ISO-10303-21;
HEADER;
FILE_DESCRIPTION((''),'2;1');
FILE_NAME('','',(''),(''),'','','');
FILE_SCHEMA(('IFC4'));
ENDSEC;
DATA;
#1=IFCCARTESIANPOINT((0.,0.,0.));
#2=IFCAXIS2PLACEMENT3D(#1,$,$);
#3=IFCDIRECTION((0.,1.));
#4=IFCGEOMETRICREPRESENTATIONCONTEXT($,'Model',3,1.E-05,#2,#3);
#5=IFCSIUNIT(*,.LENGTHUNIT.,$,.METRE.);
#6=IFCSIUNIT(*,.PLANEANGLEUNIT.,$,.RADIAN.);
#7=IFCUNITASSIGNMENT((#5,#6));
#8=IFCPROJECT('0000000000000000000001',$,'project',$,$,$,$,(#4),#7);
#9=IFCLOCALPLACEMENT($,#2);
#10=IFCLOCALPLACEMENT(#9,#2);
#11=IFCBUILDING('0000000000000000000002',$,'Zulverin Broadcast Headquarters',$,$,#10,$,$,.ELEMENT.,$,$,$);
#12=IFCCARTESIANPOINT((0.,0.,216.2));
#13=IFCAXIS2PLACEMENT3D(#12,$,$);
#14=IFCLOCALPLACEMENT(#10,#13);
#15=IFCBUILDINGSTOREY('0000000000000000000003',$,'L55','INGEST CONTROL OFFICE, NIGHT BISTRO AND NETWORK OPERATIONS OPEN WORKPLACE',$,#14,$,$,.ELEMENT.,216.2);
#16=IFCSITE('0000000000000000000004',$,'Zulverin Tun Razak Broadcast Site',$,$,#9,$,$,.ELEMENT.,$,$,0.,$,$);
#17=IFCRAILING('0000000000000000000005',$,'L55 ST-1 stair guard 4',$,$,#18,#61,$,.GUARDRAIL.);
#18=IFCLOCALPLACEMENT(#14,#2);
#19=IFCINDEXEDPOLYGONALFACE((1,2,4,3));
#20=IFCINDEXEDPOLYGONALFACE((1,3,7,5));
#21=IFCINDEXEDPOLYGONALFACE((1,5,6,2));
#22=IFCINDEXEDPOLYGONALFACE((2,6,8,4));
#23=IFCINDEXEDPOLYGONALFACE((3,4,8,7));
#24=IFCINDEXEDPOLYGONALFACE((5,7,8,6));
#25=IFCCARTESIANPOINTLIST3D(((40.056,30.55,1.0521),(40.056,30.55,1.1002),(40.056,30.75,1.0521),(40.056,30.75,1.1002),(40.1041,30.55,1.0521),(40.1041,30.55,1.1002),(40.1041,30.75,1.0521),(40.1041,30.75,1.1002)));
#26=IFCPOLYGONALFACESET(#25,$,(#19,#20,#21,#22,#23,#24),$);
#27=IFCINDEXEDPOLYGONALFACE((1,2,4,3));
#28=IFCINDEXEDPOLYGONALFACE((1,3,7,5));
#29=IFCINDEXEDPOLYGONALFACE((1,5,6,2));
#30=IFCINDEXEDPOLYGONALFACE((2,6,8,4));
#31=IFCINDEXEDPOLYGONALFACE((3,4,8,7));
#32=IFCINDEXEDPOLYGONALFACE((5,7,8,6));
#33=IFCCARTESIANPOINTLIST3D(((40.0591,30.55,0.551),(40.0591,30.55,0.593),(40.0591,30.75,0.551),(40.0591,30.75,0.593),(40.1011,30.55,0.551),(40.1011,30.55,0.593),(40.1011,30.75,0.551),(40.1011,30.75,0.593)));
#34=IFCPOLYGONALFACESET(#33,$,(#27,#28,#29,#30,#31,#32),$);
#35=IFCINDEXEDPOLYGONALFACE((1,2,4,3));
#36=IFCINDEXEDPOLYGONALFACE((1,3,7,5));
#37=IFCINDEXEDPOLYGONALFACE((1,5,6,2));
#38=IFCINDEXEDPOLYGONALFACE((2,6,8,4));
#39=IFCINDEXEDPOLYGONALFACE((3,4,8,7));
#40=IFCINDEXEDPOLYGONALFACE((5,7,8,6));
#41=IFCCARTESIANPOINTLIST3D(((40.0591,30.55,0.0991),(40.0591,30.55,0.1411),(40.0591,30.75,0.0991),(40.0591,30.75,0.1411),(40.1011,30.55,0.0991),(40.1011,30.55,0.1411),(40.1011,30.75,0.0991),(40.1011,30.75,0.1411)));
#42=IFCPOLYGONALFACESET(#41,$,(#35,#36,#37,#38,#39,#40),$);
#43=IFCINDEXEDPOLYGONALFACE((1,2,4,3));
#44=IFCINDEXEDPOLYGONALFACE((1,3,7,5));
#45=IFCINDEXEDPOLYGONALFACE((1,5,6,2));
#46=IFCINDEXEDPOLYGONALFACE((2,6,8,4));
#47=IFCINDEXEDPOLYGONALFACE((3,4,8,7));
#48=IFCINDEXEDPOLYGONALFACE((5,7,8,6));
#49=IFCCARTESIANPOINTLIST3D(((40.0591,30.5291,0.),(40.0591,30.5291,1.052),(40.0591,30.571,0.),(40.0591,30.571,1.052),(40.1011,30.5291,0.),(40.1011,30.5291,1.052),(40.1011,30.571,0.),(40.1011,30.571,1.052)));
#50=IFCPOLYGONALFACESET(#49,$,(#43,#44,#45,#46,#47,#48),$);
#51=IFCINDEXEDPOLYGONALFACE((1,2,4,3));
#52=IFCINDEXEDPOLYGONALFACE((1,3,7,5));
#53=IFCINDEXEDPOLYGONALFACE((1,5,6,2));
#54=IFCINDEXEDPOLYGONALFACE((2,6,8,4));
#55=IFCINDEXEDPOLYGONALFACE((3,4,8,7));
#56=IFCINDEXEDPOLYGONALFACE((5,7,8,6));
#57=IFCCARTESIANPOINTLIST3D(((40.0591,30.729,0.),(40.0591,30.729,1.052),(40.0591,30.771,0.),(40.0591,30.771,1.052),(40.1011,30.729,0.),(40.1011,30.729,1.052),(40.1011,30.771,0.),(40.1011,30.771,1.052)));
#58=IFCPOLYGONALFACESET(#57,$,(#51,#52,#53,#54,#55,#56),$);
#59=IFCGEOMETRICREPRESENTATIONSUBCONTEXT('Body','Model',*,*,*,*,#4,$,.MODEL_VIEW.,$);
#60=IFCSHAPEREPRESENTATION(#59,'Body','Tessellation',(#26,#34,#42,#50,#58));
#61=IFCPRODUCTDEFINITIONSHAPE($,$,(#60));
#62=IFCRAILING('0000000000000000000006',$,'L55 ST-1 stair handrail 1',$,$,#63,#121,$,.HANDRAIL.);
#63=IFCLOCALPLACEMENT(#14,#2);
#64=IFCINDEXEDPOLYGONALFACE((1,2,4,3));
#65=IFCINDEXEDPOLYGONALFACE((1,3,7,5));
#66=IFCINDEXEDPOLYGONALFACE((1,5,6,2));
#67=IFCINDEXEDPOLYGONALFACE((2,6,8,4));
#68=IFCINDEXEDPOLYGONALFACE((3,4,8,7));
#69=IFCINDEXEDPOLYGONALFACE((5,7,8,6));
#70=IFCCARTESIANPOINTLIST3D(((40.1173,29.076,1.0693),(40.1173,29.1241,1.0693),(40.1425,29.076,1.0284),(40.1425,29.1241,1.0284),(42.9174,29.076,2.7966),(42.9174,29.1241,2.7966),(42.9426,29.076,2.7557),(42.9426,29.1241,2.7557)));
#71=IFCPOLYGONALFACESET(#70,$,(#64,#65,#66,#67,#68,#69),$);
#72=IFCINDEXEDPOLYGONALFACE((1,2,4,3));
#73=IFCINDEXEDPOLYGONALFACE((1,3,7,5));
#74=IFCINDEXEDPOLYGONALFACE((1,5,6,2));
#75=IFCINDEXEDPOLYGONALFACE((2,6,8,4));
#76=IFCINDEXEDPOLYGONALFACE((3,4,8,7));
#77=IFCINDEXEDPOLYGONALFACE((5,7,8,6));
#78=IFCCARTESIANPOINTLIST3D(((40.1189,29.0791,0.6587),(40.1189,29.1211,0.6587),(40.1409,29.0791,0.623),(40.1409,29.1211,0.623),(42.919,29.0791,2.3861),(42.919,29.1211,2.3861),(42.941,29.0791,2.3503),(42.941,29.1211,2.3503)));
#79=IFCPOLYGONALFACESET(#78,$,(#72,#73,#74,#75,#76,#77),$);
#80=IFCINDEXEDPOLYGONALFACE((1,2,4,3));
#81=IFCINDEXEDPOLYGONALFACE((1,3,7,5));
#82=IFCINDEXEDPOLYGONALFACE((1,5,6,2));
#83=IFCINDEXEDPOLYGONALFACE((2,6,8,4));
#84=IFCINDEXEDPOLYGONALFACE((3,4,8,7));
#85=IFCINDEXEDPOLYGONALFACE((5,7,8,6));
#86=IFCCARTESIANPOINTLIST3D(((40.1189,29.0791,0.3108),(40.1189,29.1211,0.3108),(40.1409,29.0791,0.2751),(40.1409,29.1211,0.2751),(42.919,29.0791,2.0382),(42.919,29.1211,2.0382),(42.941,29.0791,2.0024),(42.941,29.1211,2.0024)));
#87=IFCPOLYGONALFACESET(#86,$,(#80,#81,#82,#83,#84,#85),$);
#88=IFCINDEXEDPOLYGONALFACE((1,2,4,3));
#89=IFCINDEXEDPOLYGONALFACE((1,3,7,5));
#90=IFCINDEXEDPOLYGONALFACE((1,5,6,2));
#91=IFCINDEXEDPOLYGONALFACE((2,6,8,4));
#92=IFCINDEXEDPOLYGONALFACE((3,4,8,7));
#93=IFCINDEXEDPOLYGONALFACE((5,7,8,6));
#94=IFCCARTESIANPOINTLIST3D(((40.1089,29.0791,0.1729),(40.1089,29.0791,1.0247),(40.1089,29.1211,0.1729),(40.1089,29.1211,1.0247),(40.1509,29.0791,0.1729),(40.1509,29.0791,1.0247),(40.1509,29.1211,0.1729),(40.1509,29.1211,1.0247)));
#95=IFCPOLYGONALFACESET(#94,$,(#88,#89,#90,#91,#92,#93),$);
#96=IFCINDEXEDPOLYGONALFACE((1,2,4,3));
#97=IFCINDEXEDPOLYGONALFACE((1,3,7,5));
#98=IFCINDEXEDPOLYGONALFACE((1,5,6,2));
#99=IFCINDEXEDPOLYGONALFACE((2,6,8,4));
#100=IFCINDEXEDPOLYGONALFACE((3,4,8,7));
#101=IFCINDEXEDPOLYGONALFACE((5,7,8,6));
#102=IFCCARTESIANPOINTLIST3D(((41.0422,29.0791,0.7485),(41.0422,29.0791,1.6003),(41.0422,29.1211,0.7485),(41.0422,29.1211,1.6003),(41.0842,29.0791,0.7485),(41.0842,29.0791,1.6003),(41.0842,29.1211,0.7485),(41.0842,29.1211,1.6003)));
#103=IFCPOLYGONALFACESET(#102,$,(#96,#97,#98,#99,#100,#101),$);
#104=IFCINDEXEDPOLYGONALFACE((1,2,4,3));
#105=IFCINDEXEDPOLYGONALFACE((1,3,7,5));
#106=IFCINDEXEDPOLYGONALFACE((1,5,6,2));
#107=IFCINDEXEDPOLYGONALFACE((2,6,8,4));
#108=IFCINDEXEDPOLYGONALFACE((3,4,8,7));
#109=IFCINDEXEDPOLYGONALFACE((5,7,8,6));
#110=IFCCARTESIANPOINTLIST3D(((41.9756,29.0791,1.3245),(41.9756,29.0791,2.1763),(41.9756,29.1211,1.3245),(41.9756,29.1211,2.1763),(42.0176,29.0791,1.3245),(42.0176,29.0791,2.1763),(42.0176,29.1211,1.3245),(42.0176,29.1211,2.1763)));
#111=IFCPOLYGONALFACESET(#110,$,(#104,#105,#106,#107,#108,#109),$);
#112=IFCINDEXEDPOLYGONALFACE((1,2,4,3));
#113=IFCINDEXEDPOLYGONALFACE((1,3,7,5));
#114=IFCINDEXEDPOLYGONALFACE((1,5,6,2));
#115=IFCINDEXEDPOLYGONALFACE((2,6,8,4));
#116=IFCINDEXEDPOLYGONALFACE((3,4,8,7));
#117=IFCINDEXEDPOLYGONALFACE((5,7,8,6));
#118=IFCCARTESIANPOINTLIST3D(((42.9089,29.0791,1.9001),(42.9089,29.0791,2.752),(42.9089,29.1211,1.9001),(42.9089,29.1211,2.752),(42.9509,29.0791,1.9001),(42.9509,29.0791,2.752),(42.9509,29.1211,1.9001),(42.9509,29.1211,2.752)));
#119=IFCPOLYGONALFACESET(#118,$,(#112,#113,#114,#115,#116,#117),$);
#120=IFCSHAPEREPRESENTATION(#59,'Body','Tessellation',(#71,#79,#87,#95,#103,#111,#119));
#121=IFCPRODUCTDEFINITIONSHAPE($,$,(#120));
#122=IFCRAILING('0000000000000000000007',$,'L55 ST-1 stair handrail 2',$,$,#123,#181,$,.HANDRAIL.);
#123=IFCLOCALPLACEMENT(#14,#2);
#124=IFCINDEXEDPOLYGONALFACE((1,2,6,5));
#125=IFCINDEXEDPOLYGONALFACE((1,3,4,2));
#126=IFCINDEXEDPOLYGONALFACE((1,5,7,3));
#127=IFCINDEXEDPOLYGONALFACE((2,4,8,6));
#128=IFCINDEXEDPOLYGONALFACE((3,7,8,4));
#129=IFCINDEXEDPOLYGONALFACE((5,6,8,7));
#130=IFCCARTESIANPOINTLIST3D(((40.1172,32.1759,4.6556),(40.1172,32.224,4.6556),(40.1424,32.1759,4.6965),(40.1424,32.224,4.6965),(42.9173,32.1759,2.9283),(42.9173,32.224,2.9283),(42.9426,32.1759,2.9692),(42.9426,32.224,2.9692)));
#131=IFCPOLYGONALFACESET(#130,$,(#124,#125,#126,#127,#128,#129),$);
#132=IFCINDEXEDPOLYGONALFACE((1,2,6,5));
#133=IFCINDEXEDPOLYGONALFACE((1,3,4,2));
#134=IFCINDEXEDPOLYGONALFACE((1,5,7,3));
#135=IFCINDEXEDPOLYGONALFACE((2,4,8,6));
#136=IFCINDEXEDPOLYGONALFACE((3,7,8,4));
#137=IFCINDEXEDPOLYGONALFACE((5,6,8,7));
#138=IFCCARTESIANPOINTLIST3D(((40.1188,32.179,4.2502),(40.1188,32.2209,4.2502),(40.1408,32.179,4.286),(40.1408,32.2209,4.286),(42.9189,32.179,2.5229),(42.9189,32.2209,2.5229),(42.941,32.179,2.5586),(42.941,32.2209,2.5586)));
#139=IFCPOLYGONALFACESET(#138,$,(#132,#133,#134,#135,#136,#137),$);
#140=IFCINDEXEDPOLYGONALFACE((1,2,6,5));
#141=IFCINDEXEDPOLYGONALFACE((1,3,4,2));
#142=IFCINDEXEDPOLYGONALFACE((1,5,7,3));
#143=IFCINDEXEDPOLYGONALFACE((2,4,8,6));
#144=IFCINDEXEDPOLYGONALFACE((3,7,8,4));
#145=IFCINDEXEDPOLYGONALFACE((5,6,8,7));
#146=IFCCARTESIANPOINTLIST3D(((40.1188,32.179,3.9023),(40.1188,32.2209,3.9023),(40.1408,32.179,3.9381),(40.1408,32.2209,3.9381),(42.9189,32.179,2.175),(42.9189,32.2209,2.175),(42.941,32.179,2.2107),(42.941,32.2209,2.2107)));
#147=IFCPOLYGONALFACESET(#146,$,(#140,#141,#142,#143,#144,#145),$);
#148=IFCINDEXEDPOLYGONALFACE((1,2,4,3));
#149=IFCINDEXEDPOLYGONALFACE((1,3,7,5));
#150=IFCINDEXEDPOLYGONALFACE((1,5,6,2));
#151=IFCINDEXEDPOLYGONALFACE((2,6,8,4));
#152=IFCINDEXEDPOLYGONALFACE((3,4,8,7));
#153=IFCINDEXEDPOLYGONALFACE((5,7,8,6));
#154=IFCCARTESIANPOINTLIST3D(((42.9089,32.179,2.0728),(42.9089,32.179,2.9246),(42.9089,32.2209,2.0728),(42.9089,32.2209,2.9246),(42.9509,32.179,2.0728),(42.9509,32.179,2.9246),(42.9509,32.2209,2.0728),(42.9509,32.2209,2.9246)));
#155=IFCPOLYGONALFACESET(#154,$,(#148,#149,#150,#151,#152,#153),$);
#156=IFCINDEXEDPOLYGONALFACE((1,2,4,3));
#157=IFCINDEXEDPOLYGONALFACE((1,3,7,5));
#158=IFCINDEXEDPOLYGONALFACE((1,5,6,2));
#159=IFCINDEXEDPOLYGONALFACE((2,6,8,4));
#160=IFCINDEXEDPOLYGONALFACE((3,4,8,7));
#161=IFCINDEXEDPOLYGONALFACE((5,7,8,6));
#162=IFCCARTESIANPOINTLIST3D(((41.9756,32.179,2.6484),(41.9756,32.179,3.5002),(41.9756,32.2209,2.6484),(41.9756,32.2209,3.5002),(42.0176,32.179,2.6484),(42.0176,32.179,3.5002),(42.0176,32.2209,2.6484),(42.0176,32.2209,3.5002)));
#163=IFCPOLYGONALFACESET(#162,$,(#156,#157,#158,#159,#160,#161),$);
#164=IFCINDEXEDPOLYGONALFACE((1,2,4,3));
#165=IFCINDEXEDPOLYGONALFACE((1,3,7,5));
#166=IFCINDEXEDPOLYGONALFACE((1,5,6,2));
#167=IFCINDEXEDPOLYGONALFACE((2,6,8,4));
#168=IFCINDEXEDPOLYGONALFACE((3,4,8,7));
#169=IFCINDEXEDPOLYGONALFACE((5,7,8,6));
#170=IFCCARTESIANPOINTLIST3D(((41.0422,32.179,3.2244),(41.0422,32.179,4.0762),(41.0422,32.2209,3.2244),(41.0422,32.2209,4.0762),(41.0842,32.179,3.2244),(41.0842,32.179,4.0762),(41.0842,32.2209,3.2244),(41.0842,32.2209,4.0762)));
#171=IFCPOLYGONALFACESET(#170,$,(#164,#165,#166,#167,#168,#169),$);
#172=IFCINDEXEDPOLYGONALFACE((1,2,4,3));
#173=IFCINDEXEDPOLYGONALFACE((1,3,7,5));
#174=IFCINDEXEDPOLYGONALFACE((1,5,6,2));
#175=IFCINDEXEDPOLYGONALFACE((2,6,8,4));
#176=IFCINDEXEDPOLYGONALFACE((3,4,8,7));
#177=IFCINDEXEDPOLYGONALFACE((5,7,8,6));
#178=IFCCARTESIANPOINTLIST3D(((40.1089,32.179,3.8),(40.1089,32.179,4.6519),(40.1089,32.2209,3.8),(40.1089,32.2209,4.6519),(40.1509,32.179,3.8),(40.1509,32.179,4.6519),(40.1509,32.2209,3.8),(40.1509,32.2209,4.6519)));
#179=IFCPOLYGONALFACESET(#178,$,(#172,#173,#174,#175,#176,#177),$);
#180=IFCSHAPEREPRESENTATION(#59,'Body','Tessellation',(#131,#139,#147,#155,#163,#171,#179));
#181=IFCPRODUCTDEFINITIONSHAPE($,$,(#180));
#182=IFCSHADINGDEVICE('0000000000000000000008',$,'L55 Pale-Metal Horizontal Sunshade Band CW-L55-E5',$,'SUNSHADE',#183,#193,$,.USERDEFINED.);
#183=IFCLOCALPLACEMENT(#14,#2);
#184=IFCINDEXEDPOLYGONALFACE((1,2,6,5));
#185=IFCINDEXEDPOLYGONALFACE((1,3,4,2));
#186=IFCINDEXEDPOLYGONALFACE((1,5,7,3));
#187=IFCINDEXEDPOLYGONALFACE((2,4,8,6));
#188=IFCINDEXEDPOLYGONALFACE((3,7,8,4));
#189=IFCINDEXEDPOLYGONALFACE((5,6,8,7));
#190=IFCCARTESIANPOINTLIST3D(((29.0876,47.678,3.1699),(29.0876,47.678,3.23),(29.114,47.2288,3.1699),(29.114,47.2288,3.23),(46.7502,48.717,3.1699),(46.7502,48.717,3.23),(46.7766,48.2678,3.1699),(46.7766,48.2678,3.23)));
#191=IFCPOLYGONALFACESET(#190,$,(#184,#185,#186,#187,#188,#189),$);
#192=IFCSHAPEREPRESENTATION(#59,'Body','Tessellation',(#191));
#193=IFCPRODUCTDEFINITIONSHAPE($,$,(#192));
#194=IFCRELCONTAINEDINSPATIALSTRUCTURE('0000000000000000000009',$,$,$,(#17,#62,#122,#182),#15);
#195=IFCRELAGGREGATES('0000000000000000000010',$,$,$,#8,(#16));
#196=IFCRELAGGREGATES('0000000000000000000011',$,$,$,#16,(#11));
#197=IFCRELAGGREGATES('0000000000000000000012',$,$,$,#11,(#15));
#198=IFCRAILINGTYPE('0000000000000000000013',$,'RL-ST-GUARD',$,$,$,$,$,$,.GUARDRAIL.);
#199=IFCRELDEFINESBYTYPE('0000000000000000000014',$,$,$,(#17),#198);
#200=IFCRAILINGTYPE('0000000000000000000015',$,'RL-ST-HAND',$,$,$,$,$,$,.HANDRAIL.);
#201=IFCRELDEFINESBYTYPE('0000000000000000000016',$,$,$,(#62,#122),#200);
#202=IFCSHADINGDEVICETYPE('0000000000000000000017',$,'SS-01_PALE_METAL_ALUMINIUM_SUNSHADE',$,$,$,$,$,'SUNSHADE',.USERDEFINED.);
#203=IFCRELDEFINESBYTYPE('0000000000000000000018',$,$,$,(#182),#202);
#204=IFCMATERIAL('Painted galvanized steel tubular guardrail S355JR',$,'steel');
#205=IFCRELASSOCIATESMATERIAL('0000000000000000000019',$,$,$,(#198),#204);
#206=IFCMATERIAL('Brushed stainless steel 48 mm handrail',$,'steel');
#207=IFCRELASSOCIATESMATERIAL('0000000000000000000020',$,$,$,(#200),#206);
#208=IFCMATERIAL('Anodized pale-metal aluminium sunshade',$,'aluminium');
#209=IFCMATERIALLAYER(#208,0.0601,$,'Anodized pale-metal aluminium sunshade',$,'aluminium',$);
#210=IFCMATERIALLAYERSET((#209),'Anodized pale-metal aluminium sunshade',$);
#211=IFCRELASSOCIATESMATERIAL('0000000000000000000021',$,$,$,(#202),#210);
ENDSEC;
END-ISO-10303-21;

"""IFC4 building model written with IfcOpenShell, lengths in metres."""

from ifc_helpers import new_model, si_unit, direction, frame, origin, origin_2d, place, context, subcontext, project, spatial, rectangle, extrude, material, layer, layer_set, type_object, element, save


model = new_model("IFC4")

# Units and contexts
model_context = context("Model", 3, precision=1e-05, world=origin(), true_north=direction((0.0, 1.0)))
body_context = subcontext(model_context, "Body", "Model", "MODEL_VIEW")
ifc_project = project(units=[si_unit("LENGTHUNIT", "METRE"), si_unit("PLANEANGLEUNIT", "RADIAN")], contexts=[model_context])

# Site, building, storey
site_placement = place(None, origin())
site = spatial("IfcSite", under=ifc_project, at=site_placement, Name="Zulverin Tun Razak Broadcast Site", CompositionType="ELEMENT", RefElevation=0.0)
building_placement = place(site_placement, origin())
building = spatial("IfcBuilding", under=site, at=building_placement, Name="Zulverin Broadcast Headquarters", CompositionType="ELEMENT")
storey_placement = place(building_placement, frame((0.0, 0.0, 216.2)))
storey = spatial("IfcBuildingStorey", under=building, at=storey_placement, Name="L55", Description="INGEST CONTROL OFFICE, NIGHT BISTRO AND NETWORK OPERATIONS OPEN WORKPLACE", CompositionType="ELEMENT", Elevation=216.2)

# Railings
ifc_material_1 = material(Name="Painted galvanized steel tubular guardrail S355JR", Category="steel")
railing_type_1 = type_object("IfcRailingType", Name="RL-ST-GUARD", PredefinedType="GUARDRAIL", material=ifc_material_1)
railing_1_placement = place(storey_placement, frame((40.0801, 30.55, 0.0)))
element("IfcRailing", 1, at=railing_1_placement, inside=storey, type_object=railing_type_1, Name="L55 ST-1 stair guard 4", PredefinedType="GUARDRAIL", context=body_context, shape_type="SweptSolid", body=[
    extrude(rectangle(XDim=0.0481, YDim=0.0481, at=origin_2d()), frame((0.0, 0.0, 1.0762), z_axis=(0.0, 1.0, 0.0), x_axis=(-1.0, 0.0, 0.0)), (0.0, 0.0, 1.0), 0.2),
    extrude(rectangle(XDim=0.042, YDim=0.042, at=origin_2d()), frame((0.0, 0.0, 0.572), z_axis=(0.0, 1.0, 0.0), x_axis=(-1.0, 0.0, 0.0)), (0.0, 0.0, 1.0), 0.2),
    extrude(rectangle(XDim=0.042, YDim=0.042, at=origin_2d()), frame((0.0, 0.0, 0.1201), z_axis=(0.0, 1.0, 0.0), x_axis=(-1.0, 0.0, 0.0)), (0.0, 0.0, 1.0), 0.2),
    extrude(rectangle(XDim=0.042, YDim=0.042, at=origin_2d()), origin(), (0.0, 0.0, 1.0), 1.052),
    extrude(rectangle(XDim=0.042, YDim=0.042, at=origin_2d()), frame((0.0, 0.2, 0.0)), (0.0, 0.0, 1.0), 1.052),
])
ifc_material_2 = material(Name="Brushed stainless steel 48 mm handrail", Category="steel")
railing_type_2 = type_object("IfcRailingType", Name="RL-ST-HAND", PredefinedType="HANDRAIL", material=ifc_material_2)
railing_2_placement = place(storey_placement, frame((40.1299, 29.1001, 0.1729)))
element("IfcRailing", 2, at=railing_2_placement, inside=storey, type_object=railing_type_2, Name="L55 ST-1 stair handrail 1", PredefinedType="HANDRAIL", context=body_context, shape_type="SweptSolid", body=[
    extrude(rectangle(XDim=0.0481, YDim=0.0481, at=origin_2d()), frame((0.0, 0.0, 0.876), z_axis=(0.85109, 0.0, 0.52502), x_axis=(0.0, 1.0, 0.0)), (0.0, 0.0, 1.0), 3.29),
    extrude(rectangle(XDim=0.042, YDim=0.042, at=origin_2d()), frame((0.0, 0.0, 0.468), z_axis=(0.85109, 0.0, 0.52502), x_axis=(0.0, 1.0, 0.0)), (0.0, 0.0, 1.0), 3.29),
    extrude(rectangle(XDim=0.042, YDim=0.042, at=origin_2d()), frame((0.0, 0.0, 0.1201), z_axis=(0.85109, 0.0, 0.52502), x_axis=(0.0, 1.0, 0.0)), (0.0, 0.0, 1.0), 3.29),
    extrude(rectangle(XDim=0.042, YDim=0.042, at=origin_2d()), origin(), (0.0, 0.0, 1.0), 0.8518),
    extrude(rectangle(XDim=0.042, YDim=0.042, at=origin_2d()), frame((0.9333, 0.0, 0.5757)), (0.0, 0.0, 1.0), 0.8518),
    extrude(rectangle(XDim=0.042, YDim=0.042, at=origin_2d()), frame((1.8667, 0.0, 1.1516)), (0.0, 0.0, 1.0), 0.8518),
    extrude(rectangle(XDim=0.042, YDim=0.042, at=origin_2d()), frame((2.8, 0.0, 1.7273)), (0.0, 0.0, 1.0), 0.8518),
])
railing_3_placement = place(storey_placement, frame((42.9299, 32.2, 2.0728)))
element("IfcRailing", 3, at=railing_3_placement, inside=storey, type_object=railing_type_2, Name="L55 ST-1 stair handrail 2", PredefinedType="HANDRAIL", context=body_context, shape_type="SweptSolid", body=[
    extrude(rectangle(XDim=0.0481, YDim=0.0481, at=origin_2d()), frame((0.0, 0.0, 0.876), z_axis=(-0.85109, 0.0, 0.52502), x_axis=(0.0, -1.0, 0.0)), (0.0, 0.0, 1.0), 3.29),
    extrude(rectangle(XDim=0.042, YDim=0.042, at=origin_2d()), frame((0.0, 0.0, 0.468), z_axis=(-0.85109, 0.0, 0.52502), x_axis=(0.0, -1.0, 0.0)), (0.0, 0.0, 1.0), 3.29),
    extrude(rectangle(XDim=0.042, YDim=0.042, at=origin_2d()), frame((0.0, 0.0, 0.1201), z_axis=(-0.85109, 0.0, 0.52502), x_axis=(0.0, -1.0, 0.0)), (0.0, 0.0, 1.0), 3.29),
    extrude(rectangle(XDim=0.042, YDim=0.042, at=origin_2d()), origin(), (0.0, 0.0, 1.0), 0.8518),
    extrude(rectangle(XDim=0.042, YDim=0.042, at=origin_2d()), frame((-0.9333, 0.0, 0.5757)), (0.0, 0.0, 1.0), 0.8518),
    extrude(rectangle(XDim=0.042, YDim=0.042, at=origin_2d()), frame((-1.8667, 0.0, 1.1516)), (0.0, 0.0, 1.0), 0.8518),
    extrude(rectangle(XDim=0.042, YDim=0.042, at=origin_2d()), frame((-2.8, 0.0, 1.7273)), (0.0, 0.0, 1.0), 0.8518),
])

# Shading device
ifc_material_3 = material(Name="Anodized pale-metal aluminium sunshade", Category="aluminium")
ifc_layer_1 = layer(ifc_material_3, 0.0601, Name="Anodized pale-metal aluminium sunshade", Category="aluminium")
ifc_layer_set_1 = layer_set([ifc_layer_1], Name="Anodized pale-metal aluminium sunshade")
shading_device_type = type_object("IfcShadingDeviceType", Name="SS-01_PALE_METAL_ALUMINIUM_SUNSHADE", ElementType="SUNSHADE", PredefinedType="USERDEFINED", material=ifc_layer_set_1)
shading_device_placement = place(storey_placement, frame((37.9321, 47.9729, 3.1699), z_axis=(0.0, 0.0, 1.0), x_axis=(-0.998274, -0.058723, 0.0)))
element("IfcShadingDevice", 4, at=shading_device_placement, inside=storey, type_object=shading_device_type, Name="L55 Pale-Metal Horizontal Sunshade Band CW-L55-E5", ObjectType="SUNSHADE", PredefinedType="USERDEFINED", context=body_context, shape_type="SweptSolid", body=[
    extrude(rectangle(XDim=17.6931, YDim=0.45, at=origin_2d()), origin(), (0.0, 0.0, 1.0), 0.0601),
])

save(model, "model.ifc")
